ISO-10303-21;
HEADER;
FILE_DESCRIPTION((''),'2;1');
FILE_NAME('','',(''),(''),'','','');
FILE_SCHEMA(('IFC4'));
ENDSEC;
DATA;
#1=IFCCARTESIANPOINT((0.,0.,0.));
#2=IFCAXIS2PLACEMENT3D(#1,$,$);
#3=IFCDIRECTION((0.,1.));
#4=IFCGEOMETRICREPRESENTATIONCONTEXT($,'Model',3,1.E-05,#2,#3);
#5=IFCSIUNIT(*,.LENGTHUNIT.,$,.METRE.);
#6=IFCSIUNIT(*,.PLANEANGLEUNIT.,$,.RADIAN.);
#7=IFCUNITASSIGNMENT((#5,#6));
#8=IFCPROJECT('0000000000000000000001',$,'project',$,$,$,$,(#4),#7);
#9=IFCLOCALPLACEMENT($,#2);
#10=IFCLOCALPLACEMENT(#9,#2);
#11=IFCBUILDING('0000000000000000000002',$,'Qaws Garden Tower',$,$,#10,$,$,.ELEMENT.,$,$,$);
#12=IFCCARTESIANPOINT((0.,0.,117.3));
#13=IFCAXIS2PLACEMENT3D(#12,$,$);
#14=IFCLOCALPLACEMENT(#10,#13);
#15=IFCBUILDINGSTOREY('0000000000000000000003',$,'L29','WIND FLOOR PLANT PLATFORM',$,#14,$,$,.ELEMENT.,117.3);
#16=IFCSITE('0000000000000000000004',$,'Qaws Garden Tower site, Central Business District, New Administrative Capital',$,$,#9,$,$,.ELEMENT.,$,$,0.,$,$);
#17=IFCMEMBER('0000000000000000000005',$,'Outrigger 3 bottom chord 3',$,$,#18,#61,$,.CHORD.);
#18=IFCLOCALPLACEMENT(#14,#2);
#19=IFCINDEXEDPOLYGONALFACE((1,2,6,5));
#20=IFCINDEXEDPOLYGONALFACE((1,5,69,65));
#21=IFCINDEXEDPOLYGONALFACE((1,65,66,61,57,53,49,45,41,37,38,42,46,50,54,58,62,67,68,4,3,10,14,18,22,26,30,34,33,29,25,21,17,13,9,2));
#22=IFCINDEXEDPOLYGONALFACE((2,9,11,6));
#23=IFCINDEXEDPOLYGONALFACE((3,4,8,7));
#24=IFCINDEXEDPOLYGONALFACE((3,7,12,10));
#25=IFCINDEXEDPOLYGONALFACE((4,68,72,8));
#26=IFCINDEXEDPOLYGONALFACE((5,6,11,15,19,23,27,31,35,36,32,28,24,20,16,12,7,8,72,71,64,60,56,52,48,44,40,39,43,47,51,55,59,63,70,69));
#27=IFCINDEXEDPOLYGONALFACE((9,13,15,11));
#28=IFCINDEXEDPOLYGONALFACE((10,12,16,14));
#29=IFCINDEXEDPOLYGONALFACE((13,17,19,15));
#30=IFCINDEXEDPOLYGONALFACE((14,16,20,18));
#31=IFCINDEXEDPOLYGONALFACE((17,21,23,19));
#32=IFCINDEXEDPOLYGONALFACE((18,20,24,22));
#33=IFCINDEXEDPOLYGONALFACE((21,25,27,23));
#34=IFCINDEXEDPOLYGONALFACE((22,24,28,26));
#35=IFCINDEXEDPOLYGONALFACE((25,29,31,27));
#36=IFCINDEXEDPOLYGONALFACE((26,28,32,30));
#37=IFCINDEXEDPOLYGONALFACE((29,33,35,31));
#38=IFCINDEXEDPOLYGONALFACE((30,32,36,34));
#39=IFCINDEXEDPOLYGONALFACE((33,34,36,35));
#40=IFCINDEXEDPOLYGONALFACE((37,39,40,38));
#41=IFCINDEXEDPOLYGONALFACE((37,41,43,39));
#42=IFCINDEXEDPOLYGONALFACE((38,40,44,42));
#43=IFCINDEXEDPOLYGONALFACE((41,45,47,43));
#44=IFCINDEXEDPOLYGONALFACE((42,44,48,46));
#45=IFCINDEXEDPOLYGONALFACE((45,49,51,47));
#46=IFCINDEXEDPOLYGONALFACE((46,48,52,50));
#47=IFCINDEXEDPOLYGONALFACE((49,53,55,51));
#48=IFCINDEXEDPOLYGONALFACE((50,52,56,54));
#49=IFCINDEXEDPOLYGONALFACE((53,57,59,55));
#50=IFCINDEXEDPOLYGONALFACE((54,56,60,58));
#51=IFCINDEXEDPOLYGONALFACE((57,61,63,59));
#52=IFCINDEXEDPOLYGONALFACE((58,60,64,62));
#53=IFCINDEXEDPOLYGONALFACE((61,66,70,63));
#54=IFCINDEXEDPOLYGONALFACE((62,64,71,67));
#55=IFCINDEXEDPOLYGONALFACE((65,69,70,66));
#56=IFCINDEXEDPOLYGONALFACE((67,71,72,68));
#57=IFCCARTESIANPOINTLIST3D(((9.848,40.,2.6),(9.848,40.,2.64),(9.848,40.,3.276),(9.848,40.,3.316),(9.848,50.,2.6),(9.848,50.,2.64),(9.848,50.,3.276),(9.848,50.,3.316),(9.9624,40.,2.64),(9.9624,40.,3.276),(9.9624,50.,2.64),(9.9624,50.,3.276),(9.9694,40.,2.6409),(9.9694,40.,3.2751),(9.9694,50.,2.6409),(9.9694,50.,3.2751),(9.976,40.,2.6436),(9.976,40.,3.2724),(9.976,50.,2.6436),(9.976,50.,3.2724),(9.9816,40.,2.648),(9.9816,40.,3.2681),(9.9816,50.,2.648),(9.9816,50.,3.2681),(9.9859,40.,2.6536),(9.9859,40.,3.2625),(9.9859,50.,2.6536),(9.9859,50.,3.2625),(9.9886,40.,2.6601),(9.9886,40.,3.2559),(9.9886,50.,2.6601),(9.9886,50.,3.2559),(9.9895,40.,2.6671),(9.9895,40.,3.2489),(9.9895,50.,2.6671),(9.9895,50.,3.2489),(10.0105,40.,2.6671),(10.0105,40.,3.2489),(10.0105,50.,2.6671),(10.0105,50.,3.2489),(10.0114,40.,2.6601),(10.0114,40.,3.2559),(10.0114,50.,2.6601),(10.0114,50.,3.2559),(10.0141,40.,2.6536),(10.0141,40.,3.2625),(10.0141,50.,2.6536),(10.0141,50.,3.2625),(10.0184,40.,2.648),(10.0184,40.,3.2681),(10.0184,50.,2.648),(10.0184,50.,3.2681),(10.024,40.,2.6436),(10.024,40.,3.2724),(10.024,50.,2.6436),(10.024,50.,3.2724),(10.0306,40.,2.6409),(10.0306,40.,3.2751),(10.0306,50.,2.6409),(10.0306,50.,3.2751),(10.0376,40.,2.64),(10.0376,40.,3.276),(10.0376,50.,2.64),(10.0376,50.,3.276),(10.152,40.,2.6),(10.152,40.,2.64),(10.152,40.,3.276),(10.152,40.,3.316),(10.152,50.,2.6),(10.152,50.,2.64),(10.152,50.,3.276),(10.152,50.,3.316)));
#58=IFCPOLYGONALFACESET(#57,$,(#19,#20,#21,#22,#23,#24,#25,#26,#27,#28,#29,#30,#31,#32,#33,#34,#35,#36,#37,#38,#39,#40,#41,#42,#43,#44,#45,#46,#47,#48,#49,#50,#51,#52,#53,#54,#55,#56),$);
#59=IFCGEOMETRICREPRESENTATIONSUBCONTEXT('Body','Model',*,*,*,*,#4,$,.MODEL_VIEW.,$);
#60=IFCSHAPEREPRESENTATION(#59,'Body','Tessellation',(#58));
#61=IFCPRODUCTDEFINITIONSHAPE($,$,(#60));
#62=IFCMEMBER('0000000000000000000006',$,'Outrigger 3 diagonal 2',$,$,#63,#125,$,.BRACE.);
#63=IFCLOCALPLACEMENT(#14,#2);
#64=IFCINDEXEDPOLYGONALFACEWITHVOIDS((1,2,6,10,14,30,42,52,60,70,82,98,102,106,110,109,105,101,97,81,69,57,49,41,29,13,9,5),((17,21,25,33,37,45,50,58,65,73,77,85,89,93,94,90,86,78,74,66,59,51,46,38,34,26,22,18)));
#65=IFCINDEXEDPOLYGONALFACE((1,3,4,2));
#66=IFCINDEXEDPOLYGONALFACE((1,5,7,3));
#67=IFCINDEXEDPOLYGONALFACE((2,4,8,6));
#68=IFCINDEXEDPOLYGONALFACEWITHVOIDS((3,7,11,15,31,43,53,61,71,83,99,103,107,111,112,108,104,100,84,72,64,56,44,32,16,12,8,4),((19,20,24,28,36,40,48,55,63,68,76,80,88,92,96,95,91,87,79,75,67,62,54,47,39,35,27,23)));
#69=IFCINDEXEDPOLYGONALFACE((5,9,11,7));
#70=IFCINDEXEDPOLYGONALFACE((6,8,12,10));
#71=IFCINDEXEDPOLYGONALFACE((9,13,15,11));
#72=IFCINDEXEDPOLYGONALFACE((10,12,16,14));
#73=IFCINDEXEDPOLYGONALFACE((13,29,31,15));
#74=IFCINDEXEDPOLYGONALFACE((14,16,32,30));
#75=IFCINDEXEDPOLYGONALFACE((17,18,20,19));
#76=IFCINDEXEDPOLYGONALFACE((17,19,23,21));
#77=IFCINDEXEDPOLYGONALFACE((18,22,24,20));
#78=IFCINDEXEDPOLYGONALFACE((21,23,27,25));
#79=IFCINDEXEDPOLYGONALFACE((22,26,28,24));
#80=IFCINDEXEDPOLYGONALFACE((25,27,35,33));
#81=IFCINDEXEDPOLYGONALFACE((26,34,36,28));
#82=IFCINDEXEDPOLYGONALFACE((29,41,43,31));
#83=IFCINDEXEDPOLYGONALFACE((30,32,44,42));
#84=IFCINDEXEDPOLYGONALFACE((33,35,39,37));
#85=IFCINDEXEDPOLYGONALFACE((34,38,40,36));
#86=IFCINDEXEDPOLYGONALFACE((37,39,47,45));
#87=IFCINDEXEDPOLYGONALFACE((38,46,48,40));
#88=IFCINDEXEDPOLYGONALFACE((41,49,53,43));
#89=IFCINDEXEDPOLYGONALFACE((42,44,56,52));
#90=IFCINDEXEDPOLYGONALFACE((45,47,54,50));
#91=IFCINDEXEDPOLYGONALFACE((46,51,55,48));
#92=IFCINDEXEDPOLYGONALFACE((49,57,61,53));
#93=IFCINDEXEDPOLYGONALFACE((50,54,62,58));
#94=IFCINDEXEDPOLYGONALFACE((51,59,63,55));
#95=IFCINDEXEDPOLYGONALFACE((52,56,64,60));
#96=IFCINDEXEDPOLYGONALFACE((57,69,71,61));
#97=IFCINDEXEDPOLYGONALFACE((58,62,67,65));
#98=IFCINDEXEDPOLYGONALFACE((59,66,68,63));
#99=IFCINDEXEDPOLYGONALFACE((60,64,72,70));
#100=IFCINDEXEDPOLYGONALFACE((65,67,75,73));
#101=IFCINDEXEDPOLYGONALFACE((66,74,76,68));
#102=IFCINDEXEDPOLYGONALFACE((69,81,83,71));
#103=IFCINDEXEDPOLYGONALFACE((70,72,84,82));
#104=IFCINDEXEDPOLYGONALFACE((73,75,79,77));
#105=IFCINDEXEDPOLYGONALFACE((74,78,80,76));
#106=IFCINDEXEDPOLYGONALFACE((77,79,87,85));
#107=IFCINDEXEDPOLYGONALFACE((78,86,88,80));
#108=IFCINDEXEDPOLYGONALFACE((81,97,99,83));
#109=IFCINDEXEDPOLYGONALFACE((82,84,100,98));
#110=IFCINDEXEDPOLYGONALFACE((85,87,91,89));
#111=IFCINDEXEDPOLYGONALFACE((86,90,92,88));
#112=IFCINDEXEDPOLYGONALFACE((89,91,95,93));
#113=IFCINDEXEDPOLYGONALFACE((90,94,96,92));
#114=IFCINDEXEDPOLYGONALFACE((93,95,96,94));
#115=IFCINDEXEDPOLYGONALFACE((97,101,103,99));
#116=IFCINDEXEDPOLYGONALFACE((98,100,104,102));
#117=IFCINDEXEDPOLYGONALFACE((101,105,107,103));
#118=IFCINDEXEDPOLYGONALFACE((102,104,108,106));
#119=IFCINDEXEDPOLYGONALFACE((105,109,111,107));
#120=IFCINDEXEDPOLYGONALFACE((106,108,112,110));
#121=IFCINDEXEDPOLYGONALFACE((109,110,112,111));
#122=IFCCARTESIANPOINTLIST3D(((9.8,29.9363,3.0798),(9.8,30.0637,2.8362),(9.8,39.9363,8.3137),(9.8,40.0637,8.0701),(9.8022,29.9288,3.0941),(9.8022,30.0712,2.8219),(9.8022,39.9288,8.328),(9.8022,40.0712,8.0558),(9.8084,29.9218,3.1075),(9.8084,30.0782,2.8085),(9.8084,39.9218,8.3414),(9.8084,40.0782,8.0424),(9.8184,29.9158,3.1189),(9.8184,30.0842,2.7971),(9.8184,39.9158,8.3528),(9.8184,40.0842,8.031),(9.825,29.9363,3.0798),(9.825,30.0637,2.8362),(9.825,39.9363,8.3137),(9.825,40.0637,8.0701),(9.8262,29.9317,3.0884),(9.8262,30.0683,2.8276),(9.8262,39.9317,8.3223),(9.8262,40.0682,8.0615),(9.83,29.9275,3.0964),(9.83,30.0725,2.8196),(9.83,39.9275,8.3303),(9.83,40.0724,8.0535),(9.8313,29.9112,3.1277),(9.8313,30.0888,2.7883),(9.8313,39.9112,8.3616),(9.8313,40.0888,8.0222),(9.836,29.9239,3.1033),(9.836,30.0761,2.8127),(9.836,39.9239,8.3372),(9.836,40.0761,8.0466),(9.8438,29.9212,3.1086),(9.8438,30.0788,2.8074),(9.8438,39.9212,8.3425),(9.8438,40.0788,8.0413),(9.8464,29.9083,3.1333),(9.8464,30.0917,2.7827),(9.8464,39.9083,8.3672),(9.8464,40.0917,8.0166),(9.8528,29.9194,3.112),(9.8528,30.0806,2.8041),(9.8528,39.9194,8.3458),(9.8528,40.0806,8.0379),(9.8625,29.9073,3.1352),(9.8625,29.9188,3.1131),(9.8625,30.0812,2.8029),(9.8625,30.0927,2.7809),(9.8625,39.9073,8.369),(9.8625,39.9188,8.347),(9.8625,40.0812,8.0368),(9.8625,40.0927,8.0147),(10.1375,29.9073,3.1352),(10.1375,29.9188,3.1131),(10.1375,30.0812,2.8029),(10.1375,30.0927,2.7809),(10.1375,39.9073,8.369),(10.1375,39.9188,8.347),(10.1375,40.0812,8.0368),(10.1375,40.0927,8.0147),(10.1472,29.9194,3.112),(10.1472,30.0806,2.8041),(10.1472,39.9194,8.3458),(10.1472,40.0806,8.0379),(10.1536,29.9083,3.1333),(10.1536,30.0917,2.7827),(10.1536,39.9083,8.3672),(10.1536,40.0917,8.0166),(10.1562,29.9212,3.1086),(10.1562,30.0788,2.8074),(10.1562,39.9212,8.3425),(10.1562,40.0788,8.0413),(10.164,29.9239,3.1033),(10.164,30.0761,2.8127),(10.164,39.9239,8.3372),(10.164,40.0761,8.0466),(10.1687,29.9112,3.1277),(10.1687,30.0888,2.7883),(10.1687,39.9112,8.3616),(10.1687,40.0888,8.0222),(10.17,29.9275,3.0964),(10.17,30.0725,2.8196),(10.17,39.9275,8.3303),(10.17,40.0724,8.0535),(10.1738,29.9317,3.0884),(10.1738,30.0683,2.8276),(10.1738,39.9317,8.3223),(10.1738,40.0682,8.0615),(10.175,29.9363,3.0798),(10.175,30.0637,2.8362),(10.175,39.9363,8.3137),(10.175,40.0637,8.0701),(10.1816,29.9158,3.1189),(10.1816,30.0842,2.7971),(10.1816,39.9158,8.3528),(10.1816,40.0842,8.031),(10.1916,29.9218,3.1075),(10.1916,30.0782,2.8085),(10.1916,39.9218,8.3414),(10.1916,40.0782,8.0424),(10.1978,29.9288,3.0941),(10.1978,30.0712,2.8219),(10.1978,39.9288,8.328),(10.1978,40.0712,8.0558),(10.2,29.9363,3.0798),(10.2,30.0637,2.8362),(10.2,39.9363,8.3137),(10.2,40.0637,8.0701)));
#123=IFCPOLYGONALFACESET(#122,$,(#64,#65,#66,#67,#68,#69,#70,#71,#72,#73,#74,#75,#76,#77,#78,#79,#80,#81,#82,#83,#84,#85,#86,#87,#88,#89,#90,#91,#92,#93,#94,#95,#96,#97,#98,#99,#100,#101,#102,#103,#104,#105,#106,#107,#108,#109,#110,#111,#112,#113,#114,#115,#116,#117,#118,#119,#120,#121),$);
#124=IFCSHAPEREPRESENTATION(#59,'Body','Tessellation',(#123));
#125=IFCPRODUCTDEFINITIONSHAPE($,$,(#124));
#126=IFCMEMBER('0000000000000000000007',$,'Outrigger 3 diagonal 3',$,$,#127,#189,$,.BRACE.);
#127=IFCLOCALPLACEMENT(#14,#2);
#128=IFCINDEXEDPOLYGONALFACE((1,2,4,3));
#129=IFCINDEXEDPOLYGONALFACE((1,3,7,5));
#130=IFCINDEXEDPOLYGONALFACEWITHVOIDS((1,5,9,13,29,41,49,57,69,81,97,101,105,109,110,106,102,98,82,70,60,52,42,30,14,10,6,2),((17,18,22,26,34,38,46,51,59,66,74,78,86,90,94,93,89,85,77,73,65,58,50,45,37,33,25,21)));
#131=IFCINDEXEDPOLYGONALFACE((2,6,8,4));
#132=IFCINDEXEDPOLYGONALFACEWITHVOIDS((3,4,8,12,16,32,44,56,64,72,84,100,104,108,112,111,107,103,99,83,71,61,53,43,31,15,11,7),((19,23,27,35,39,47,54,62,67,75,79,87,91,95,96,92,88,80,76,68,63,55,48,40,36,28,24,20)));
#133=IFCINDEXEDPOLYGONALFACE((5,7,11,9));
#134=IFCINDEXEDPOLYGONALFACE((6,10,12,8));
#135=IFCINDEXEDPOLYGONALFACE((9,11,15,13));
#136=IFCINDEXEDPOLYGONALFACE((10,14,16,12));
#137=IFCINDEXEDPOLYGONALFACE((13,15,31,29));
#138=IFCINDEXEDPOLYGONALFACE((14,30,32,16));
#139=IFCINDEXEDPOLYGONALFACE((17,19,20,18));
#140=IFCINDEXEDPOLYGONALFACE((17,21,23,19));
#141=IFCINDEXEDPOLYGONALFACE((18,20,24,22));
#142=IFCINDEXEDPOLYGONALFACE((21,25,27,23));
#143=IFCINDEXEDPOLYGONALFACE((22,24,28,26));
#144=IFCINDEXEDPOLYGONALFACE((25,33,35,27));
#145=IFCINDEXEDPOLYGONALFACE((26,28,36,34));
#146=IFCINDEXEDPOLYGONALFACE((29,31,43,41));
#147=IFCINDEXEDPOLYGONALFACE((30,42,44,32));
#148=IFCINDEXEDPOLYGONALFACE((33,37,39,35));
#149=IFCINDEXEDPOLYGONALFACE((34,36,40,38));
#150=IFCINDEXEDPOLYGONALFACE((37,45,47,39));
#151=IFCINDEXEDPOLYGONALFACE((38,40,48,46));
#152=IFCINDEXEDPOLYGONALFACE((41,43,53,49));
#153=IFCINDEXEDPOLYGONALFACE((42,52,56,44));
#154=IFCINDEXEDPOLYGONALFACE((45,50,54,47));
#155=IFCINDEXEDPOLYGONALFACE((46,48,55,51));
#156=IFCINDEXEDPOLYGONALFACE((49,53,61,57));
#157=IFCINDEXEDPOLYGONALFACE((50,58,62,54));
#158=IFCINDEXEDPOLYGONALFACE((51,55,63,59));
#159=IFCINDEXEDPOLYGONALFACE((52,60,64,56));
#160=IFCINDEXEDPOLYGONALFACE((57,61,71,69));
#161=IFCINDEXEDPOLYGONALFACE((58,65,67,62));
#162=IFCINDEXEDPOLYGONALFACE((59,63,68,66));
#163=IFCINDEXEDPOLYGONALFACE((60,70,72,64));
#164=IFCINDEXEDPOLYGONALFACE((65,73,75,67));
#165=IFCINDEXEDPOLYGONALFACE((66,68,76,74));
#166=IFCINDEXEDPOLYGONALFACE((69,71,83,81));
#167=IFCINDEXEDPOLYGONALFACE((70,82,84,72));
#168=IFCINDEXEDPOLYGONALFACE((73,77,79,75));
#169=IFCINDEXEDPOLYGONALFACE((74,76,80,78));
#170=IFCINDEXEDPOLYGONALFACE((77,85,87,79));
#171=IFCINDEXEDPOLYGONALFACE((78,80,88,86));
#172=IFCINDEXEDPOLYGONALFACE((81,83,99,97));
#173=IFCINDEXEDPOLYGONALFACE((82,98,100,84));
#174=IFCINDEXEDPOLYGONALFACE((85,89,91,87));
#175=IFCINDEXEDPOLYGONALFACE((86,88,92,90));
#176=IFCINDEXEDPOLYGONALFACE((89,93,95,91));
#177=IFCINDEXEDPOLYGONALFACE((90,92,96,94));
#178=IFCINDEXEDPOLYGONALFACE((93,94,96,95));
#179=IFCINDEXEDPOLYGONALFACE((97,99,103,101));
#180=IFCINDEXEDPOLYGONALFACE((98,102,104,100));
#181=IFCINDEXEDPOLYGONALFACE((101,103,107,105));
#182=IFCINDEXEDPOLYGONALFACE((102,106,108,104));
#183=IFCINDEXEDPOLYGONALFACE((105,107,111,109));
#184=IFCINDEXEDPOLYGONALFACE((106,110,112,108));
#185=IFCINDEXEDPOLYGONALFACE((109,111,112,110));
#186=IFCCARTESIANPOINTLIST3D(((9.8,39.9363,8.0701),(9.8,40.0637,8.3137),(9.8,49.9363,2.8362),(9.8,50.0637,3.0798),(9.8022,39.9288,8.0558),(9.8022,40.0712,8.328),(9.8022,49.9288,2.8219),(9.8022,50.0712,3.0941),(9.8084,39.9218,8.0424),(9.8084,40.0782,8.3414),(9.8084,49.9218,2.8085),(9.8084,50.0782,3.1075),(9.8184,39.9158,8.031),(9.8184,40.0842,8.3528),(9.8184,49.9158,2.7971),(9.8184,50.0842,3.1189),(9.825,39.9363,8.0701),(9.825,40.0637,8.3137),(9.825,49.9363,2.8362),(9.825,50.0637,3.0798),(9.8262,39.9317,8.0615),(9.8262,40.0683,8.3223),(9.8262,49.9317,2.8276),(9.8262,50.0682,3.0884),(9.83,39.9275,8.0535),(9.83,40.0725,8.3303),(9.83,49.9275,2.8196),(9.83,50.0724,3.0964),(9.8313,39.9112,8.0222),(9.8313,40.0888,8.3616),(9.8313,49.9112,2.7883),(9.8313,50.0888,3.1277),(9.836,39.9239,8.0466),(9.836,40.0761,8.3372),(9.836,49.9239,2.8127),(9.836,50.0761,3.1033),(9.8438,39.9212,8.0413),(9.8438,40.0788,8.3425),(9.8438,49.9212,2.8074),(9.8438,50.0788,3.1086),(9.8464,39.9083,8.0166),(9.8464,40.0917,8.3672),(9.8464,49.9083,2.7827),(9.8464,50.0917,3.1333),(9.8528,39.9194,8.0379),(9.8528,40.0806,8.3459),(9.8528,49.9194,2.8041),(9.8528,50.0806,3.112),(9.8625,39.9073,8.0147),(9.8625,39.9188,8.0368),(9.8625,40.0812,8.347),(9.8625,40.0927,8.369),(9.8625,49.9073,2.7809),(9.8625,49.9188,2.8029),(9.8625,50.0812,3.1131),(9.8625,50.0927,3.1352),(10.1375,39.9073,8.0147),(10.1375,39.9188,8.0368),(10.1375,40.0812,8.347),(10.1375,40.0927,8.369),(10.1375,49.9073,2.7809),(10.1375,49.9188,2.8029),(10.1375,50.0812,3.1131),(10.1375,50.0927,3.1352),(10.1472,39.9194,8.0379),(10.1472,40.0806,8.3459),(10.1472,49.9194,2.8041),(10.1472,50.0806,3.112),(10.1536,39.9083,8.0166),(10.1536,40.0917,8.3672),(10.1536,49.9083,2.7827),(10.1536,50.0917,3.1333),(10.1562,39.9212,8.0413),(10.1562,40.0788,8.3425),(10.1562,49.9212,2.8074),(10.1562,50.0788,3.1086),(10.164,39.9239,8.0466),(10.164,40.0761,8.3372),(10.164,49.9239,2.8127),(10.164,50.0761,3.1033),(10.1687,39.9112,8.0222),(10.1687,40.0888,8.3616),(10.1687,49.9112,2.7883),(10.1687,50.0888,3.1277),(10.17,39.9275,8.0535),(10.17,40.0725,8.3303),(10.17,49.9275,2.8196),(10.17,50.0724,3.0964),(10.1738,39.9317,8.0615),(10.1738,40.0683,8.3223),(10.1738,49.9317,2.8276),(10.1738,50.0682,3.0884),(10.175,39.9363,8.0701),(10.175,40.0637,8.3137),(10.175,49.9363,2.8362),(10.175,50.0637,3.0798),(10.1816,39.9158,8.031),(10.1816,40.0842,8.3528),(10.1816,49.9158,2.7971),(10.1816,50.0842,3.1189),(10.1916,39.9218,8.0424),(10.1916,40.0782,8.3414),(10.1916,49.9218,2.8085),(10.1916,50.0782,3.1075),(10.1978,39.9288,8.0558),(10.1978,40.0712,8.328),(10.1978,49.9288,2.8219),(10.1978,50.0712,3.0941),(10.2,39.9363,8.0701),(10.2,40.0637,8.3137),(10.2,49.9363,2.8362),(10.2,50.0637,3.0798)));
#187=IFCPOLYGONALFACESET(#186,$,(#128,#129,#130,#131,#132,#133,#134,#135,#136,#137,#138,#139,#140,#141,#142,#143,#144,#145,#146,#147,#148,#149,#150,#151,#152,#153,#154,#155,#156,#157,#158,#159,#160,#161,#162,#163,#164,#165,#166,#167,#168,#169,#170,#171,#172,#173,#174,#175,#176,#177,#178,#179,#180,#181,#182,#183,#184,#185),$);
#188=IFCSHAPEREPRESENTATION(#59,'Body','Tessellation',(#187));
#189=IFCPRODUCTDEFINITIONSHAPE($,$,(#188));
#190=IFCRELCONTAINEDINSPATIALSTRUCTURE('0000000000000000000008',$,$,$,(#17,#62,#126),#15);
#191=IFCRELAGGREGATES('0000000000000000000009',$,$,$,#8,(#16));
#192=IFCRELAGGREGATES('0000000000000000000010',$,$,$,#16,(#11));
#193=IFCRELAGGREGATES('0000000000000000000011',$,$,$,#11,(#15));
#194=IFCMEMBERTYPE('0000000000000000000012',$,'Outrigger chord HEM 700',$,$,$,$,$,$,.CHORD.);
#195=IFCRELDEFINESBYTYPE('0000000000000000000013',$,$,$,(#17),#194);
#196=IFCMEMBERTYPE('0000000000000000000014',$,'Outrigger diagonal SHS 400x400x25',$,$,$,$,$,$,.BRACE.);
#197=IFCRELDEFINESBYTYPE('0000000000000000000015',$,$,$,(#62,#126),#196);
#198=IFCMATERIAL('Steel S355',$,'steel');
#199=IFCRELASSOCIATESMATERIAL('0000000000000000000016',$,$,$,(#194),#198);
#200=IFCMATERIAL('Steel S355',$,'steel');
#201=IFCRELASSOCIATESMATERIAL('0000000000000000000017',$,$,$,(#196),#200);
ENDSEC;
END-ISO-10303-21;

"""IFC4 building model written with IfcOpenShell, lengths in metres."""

from ifc_helpers import new_model, si_unit, direction, frame, origin, origin_2d, place, context, subcontext, project, spatial, hollow_rectangle, i_section, extrude, material, material_profile, profile_set, type_object, element, save


model = new_model("IFC4")

# Units and contexts
model_context = context("Model", 3, precision=1e-05, world=origin(), true_north=direction((0.0, 1.0)))
body_context = subcontext(model_context, "Body", "Model", "MODEL_VIEW")
ifc_project = project(units=[si_unit("LENGTHUNIT", "METRE"), si_unit("PLANEANGLEUNIT", "RADIAN")], contexts=[model_context])

# Site, building, storey
site_placement = place(None, origin())
site = spatial("IfcSite", under=ifc_project, at=site_placement, Name="Qaws Garden Tower site, Central Business District, New Administrative Capital", CompositionType="ELEMENT", RefElevation=0.0)
building_placement = place(site_placement, origin())
building = spatial("IfcBuilding", under=site, at=building_placement, Name="Qaws Garden Tower", CompositionType="ELEMENT")
storey_placement = place(building_placement, frame((0.0, 0.0, 117.3)))
storey = spatial("IfcBuildingStorey", under=building, at=storey_placement, Name="L29", Description="WIND FLOOR PLANT PLATFORM", CompositionType="ELEMENT", Elevation=117.3)

# Members
ifc_material_1 = material(Name="Steel S355", Category="steel")
ifc_material_profile_1 = material_profile(ifc_material_1, i_section(OverallWidth=0.304, OverallDepth=0.7161, WebThickness=0.021, FlangeThickness=0.04, FilletRadius=0.0271, at=origin_2d()), Name="HEM 700")
ifc_profile_set_1 = profile_set([ifc_material_profile_1], Name="Steel S355")
member_type_1 = type_object("IfcMemberType", Name="Outrigger chord HEM 700", PredefinedType="CHORD", material=ifc_profile_set_1)
for number, where, z_axis, x_axis, name in (
    (1, (10.0, 40.0, 2.958), (0.0, 1.0, 0.0), (-1.0, 0.0, 0.0), "Outrigger 3 bottom chord 3"),
):
    element("IfcMember", number, at=place(storey_placement, frame(where, z_axis=z_axis, x_axis=x_axis)), inside=storey, type_object=member_type_1, Name=name, PredefinedType="CHORD", context=body_context, shape_type="SweptSolid", body=[
        extrude(i_section(OverallWidth=0.304, OverallDepth=0.7161, WebThickness=0.021, FlangeThickness=0.04, FilletRadius=0.0271, at=origin_2d()), origin(), (0.0, 0.0, 1.0), 10.0),
    ])
ifc_material_2 = material(Name="Steel S355", Category="steel")
ifc_material_profile_2 = material_profile(ifc_material_2, hollow_rectangle(XDim=0.3999, YDim=0.3999, WallThickness=0.0249, InnerFilletRadius=0.0376, OuterFilletRadius=0.0625, at=origin_2d()), Name="SHS 400x400x25")
ifc_profile_set_2 = profile_set([ifc_material_profile_2], Name="Steel S355")
member_type_2 = type_object("IfcMemberType", Name="Outrigger diagonal SHS 400x400x25", PredefinedType="BRACE", material=ifc_profile_set_2)
for number, where, z_axis, x_axis, name in (
    (2, (10.0, 30.0, 2.958), (0.0, 0.885985, 0.463714), (-1.0, 0.0, 0.0), "Outrigger 3 diagonal 2"),
    (3, (10.0, 40.0, 8.1919), (0.0, 0.885985, -0.463714), (-1.0, 0.0, 0.0), "Outrigger 3 diagonal 3"),
):
    element("IfcMember", number, at=place(storey_placement, frame(where, z_axis=z_axis, x_axis=x_axis)), inside=storey, type_object=member_type_2, Name=name, PredefinedType="BRACE", context=body_context, shape_type="SweptSolid", body=[
        extrude(hollow_rectangle(XDim=0.3999, YDim=0.3999, WallThickness=0.0249, InnerFilletRadius=0.0376, OuterFilletRadius=0.0625, at=origin_2d()), origin(), (0.0, 0.0, 1.0), 11.2869),
    ])

save(model, "model.ifc")
